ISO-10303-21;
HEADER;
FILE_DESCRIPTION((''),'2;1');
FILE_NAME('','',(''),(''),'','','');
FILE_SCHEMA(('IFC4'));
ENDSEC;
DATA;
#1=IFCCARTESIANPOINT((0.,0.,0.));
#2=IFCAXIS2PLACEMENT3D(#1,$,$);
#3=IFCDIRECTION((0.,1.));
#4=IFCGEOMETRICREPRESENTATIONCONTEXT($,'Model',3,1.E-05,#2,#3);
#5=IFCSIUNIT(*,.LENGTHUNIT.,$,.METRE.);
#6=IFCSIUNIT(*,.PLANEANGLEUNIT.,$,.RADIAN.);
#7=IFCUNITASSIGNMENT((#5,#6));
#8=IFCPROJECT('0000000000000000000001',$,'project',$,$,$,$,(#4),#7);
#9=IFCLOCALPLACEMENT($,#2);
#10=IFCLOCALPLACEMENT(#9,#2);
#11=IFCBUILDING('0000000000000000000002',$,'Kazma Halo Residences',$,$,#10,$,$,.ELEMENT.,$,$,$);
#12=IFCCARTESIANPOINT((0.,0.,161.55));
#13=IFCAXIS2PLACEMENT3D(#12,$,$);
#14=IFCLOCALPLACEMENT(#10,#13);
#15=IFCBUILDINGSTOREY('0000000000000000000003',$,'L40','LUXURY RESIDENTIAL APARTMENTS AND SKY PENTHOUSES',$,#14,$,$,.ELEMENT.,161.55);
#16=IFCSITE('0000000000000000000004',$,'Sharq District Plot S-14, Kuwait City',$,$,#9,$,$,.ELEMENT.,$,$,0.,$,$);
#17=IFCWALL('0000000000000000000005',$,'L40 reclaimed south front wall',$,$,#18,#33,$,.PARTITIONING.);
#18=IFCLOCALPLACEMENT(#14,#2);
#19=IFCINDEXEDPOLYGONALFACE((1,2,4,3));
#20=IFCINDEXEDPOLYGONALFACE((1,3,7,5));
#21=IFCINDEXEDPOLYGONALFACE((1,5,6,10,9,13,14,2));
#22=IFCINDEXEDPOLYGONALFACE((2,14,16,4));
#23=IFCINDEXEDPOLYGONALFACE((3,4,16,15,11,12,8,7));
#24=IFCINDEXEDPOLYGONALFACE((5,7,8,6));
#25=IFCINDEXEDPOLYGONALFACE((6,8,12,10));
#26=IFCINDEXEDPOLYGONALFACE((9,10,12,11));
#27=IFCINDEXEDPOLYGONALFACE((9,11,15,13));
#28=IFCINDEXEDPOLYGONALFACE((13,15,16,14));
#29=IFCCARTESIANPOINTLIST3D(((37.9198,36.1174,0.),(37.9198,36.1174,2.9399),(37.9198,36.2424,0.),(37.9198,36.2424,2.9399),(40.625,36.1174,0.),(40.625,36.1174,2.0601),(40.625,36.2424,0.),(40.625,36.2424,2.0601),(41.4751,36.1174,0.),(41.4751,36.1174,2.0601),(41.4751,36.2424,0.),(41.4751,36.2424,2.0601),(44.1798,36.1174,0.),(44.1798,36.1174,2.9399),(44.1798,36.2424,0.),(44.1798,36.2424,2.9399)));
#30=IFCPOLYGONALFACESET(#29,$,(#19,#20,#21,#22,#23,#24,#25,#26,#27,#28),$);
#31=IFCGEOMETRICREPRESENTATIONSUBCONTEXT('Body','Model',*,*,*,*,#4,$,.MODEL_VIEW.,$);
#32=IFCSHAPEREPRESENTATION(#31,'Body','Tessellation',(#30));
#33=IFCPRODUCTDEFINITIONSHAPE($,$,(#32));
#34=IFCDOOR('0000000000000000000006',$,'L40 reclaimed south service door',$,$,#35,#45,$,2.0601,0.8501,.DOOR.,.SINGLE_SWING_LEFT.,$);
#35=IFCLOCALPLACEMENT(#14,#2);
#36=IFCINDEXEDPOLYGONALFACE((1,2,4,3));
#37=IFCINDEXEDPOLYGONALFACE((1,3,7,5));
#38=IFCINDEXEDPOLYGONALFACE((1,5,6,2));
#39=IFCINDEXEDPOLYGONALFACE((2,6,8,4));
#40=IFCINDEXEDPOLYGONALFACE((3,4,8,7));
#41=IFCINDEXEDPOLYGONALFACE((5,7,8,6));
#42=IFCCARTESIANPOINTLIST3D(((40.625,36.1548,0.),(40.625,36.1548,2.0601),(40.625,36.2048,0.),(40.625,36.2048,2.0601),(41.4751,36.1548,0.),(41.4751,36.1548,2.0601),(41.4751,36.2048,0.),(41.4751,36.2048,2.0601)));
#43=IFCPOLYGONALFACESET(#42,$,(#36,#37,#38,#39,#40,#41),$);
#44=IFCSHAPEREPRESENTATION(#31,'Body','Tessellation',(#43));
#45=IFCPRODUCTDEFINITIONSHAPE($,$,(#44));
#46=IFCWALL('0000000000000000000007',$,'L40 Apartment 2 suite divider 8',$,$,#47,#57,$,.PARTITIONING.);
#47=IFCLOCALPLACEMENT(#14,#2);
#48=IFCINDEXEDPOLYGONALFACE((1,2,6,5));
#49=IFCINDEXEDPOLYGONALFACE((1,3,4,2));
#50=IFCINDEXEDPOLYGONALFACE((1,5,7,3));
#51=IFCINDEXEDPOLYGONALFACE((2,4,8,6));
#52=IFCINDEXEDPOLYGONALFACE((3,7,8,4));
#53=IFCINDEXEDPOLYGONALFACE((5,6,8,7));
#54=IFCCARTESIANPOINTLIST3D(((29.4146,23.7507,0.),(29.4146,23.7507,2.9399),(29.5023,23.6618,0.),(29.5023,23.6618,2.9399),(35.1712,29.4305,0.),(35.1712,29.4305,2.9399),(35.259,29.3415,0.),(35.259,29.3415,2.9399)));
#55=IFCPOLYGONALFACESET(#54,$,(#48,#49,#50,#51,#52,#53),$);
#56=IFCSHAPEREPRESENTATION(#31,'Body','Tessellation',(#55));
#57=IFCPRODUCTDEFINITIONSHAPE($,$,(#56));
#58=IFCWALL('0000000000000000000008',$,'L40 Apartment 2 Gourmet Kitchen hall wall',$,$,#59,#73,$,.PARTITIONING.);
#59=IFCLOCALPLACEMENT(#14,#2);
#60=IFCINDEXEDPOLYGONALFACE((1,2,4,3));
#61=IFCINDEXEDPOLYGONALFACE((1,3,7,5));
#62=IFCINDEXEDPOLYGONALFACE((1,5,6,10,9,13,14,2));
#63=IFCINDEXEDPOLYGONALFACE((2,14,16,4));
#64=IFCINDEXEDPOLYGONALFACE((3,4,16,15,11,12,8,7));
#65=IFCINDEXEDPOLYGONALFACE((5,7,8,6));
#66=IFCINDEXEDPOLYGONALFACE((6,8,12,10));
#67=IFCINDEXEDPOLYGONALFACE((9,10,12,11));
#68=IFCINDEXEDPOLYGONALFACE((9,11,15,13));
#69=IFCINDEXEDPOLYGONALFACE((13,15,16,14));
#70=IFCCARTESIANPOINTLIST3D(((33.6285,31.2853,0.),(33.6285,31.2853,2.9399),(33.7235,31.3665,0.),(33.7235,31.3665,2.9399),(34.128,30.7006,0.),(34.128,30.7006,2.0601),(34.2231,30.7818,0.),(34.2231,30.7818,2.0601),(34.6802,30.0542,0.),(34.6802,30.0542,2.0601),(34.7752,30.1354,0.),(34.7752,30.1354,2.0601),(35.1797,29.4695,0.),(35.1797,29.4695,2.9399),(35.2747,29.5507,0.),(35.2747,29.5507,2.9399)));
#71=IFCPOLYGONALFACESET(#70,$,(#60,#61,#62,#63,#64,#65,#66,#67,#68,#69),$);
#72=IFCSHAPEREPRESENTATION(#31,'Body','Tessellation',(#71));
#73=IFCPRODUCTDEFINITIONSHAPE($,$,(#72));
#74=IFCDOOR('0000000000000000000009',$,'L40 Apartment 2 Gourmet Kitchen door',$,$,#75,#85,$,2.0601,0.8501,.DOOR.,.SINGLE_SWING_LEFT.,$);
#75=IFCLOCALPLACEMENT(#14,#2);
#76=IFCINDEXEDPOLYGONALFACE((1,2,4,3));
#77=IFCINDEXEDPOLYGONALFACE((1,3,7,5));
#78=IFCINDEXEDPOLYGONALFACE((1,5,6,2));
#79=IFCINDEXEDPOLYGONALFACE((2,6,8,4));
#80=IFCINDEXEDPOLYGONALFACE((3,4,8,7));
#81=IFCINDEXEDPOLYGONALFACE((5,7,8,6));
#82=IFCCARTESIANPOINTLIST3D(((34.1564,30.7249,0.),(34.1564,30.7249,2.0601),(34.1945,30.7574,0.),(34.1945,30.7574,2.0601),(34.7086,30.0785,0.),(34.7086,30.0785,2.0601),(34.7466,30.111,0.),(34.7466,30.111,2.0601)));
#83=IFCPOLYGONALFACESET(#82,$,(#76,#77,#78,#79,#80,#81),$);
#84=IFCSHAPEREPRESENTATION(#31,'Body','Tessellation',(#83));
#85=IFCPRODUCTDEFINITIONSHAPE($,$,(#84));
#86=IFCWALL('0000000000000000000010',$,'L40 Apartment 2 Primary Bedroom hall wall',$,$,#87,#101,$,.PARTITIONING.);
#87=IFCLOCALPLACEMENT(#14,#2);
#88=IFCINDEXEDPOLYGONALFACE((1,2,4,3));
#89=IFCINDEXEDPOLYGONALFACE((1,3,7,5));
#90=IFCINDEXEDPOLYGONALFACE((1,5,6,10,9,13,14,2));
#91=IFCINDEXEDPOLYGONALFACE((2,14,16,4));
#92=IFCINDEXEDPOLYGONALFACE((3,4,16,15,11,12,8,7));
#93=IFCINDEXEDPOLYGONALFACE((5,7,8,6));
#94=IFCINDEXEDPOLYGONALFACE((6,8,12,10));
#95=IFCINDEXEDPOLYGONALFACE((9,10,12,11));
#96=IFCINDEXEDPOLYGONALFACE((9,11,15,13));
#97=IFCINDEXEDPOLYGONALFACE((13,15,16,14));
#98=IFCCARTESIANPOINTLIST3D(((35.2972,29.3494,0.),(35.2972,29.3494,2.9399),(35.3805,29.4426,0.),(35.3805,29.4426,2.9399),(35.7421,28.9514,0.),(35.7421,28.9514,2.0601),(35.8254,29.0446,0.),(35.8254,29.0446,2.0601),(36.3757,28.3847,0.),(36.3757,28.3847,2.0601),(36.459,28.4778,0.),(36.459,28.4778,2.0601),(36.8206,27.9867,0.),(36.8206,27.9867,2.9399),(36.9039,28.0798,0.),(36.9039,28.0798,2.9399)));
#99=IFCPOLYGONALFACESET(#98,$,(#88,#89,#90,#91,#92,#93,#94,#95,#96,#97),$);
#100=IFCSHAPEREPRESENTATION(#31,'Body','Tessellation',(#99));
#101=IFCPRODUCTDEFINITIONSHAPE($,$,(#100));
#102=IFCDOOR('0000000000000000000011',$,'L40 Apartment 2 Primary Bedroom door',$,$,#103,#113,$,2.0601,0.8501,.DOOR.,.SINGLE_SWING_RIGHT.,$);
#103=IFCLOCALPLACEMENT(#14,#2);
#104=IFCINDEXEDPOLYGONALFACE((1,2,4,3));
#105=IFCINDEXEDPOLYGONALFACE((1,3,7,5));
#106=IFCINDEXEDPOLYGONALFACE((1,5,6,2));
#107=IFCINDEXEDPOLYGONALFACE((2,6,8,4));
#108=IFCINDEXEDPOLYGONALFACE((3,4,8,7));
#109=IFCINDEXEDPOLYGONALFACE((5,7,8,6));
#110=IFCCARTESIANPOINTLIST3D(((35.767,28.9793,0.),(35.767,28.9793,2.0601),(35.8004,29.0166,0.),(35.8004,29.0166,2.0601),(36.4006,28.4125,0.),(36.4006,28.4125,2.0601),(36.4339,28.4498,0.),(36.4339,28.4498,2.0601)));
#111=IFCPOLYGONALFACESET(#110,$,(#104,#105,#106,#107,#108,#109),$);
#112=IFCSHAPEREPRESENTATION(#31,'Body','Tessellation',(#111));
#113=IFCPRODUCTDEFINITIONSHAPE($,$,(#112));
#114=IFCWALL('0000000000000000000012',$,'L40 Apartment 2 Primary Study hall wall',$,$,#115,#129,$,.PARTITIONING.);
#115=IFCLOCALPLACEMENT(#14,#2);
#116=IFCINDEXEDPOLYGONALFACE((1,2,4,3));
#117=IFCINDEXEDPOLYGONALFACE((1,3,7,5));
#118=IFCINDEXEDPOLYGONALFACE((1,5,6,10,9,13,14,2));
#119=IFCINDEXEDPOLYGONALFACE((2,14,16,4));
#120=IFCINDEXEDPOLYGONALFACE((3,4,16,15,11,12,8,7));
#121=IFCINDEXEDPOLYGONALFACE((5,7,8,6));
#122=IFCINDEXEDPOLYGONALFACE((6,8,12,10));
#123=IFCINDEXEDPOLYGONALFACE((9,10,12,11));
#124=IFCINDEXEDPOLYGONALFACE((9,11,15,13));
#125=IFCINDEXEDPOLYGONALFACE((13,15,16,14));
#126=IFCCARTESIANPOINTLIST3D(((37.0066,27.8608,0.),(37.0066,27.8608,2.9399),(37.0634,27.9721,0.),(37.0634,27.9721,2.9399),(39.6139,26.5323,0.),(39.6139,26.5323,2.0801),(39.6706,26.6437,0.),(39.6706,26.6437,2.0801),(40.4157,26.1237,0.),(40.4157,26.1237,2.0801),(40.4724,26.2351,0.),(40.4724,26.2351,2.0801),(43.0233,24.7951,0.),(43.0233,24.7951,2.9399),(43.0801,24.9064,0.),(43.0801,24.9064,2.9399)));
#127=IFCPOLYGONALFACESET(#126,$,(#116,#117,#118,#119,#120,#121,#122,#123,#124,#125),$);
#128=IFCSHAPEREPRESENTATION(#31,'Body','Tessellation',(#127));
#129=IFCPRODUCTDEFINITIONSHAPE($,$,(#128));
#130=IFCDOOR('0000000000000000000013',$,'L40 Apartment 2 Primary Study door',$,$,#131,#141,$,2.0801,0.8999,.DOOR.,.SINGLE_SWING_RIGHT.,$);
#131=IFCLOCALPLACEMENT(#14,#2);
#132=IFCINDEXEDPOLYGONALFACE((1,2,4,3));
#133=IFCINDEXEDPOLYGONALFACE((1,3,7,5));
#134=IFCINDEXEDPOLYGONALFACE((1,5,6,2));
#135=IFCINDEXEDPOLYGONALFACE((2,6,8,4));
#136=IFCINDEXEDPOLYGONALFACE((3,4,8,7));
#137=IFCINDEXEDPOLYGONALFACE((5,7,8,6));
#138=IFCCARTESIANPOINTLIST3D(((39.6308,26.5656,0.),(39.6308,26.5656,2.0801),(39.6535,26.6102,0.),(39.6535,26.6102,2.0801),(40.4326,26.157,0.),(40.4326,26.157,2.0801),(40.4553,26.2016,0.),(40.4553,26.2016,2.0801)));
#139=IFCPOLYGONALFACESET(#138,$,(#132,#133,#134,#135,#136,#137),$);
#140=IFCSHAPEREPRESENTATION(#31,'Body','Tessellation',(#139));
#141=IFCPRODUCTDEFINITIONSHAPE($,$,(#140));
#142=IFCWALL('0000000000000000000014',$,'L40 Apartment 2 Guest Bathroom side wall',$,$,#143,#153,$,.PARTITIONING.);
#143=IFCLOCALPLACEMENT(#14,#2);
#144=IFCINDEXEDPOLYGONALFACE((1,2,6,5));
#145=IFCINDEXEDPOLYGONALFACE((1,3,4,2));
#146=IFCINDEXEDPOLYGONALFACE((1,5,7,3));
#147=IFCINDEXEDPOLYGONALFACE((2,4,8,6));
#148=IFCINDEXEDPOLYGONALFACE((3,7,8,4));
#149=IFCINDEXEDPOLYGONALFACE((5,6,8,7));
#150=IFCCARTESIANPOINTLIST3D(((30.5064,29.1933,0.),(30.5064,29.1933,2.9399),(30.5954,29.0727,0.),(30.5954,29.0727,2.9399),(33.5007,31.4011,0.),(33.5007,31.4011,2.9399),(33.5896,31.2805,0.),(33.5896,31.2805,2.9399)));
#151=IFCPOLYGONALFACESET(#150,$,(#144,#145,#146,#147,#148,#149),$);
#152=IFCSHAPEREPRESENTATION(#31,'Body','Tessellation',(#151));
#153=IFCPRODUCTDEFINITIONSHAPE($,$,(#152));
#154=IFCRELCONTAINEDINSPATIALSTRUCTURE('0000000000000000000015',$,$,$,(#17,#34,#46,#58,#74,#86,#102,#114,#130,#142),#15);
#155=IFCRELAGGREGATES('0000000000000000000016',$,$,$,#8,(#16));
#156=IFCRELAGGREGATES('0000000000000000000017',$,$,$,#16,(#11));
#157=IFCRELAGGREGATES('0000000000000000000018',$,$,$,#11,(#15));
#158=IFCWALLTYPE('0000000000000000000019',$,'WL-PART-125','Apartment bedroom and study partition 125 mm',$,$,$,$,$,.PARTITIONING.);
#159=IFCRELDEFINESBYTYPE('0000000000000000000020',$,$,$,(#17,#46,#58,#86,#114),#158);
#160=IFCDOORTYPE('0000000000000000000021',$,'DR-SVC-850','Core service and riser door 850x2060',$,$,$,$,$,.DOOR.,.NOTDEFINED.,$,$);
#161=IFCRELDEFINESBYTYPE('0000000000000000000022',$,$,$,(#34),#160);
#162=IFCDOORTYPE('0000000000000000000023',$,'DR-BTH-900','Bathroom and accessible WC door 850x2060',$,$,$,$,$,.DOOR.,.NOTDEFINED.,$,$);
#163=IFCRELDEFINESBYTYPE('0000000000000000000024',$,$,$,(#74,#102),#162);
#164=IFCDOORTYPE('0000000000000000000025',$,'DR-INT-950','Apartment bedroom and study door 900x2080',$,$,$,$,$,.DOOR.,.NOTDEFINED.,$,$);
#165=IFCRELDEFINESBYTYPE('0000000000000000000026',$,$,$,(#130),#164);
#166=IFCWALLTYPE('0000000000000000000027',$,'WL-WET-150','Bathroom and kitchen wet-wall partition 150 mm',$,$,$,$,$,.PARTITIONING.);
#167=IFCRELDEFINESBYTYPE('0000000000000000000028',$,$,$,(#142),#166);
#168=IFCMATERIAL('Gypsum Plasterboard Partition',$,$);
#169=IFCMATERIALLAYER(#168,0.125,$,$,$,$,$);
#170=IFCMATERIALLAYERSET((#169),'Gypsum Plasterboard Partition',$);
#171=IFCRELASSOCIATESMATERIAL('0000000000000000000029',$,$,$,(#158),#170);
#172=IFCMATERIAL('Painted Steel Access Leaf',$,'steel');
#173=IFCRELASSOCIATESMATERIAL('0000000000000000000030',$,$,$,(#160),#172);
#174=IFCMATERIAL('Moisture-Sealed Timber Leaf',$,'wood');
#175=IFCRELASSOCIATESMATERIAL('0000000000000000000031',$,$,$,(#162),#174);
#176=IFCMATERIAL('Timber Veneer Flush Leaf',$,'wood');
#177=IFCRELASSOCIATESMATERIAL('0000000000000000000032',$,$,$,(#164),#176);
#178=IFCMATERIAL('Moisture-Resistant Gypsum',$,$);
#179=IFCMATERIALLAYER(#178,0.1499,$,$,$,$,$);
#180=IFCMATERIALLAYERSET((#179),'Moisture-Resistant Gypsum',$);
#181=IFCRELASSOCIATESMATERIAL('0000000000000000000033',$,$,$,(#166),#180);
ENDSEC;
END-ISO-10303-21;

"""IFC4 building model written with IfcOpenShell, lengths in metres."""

from ifc_helpers import new_model, si_unit, direction, frame, frame_2d, origin, place, context, subcontext, project, spatial, rectangle, extrude, material, layer, layer_set, type_object, element, fill, save


model = new_model("IFC4")

# Units and contexts
model_context = context("Model", 3, precision=1e-05, world=origin(), true_north=direction((0.0, 1.0)))
body_context = subcontext(model_context, "Body", "Model", "MODEL_VIEW")
ifc_project = project(units=[si_unit("LENGTHUNIT", "METRE"), si_unit("PLANEANGLEUNIT", "RADIAN")], contexts=[model_context])

# Site, building, storey
site_placement = place(None, origin())
site = spatial("IfcSite", under=ifc_project, at=site_placement, Name="Sharq District Plot S-14, Kuwait City", CompositionType="ELEMENT", RefElevation=0.0)
building_placement = place(site_placement, origin())
building = spatial("IfcBuilding", under=site, at=building_placement, Name="Kazma Halo Residences", CompositionType="ELEMENT")
storey_placement = place(building_placement, frame((0.0, 0.0, 161.55)))
storey = spatial("IfcBuildingStorey", under=building, at=storey_placement, Name="L40", Description="LUXURY RESIDENTIAL APARTMENTS AND SKY PENTHOUSES", CompositionType="ELEMENT", Elevation=161.55)

# Shared definitions
ifc_material_1 = material(Name="Gypsum Plasterboard Partition")
ifc_layer_1 = layer(ifc_material_1, 0.125)
ifc_layer_set_1 = layer_set([ifc_layer_1], Name="Gypsum Plasterboard Partition")
wall_type_1 = type_object("IfcWallType", Name="WL-PART-125", Description="Apartment bedroom and study partition 125 mm", PredefinedType="PARTITIONING", material=ifc_layer_set_1)

# Wall, opening, door
wall_1_placement = place(storey_placement, frame((37.9199, 36.1799, 0.0), z_axis=(0.0, 0.0, 1.0), x_axis=(1.0, 0.0, 0.0)))
wall_1 = element("IfcWall", 1, at=wall_1_placement, inside=storey, type_object=wall_type_1, Name="L40 reclaimed south front wall", PredefinedType="PARTITIONING", context=body_context, shape_type="SweptSolid", body=[
    extrude(rectangle(XDim=6.26, YDim=0.125, at=frame_2d((3.1299, 0.0))), origin(), (0.0, 0.0, 1.0), 2.9399),
])
opening_1_placement = place(wall_1_placement, frame((2.7051, 0.0, 0.0)))
opening_1 = element("IfcOpeningElement", 2, at=opening_1_placement, cuts=wall_1, PredefinedType="OPENING", context=body_context, shape_type="SweptSolid", body=[
    extrude(rectangle(XDim=0.8501, YDim=2.0601, at=frame_2d((0.425, 1.03))), frame((0.0, 0.0725, 0.0), z_axis=(0.0, -1.0, 0.0), x_axis=(1.0, 0.0, 0.0)), (0.0, 0.0, 1.0), 0.145),
])
ifc_material_2 = material(Name="Painted Steel Access Leaf", Category="steel")
door_type_1 = type_object("IfcDoorType", Name="DR-SVC-850", Description="Core service and riser door 850x2060", OperationType="NOTDEFINED", PredefinedType="DOOR", material=ifc_material_2)
door_1_placement = place(opening_1_placement, origin())
door_1 = element("IfcDoor", 3, at=door_1_placement, inside=storey, type_object=door_type_1, Name="L40 reclaimed south service door", OperationType="SINGLE_SWING_LEFT", OverallHeight=2.0601, OverallWidth=0.8501, PredefinedType="DOOR", context=body_context, shape_type="SweptSolid", body=[
    extrude(rectangle(XDim=0.8501, YDim=2.0601, at=frame_2d((0.425, 1.03))), frame((0.0, 0.0249, 0.0), z_axis=(0.0, -1.0, 0.0), x_axis=(1.0, 0.0, 0.0)), (0.0, 0.0, 1.0), 0.05),
])
fill(opening_1, door_1)

# Wall
wall_2_placement = place(storey_placement, frame((35.2151, 29.386, 0.0), z_axis=(0.0, 0.0, 1.0), x_axis=(-0.711846, -0.702336, 0.0)))
element("IfcWall", 4, at=wall_2_placement, inside=storey, type_object=wall_type_1, Name="L40 Apartment 2 suite divider 8", PredefinedType="PARTITIONING", context=body_context, shape_type="SweptSolid", body=[
    extrude(rectangle(XDim=8.0869, YDim=0.125, at=frame_2d((4.0435, 0.0))), origin(), (0.0, 0.0, 1.0), 2.9399),
])

# Walls, openings, doors
wall_3_placement = place(storey_placement, frame((33.676, 31.3259, 0.0), z_axis=(0.0, 0.0, 1.0), x_axis=(0.649528, -0.760338, 0.0)))
wall_3 = element("IfcWall", 5, at=wall_3_placement, inside=storey, type_object=wall_type_1, Name="L40 Apartment 2 Gourmet Kitchen hall wall", PredefinedType="PARTITIONING", context=body_context, shape_type="SweptSolid", body=[
    extrude(rectangle(XDim=2.3882, YDim=0.125, at=frame_2d((1.1941, 0.0))), origin(), (0.0, 0.0, 1.0), 2.9399),
])
opening_2_placement = place(wall_3_placement, frame((0.769, 0.0, 0.0)))
opening_2 = element("IfcOpeningElement", 6, at=opening_2_placement, cuts=wall_3, PredefinedType="OPENING", context=body_context, shape_type="SweptSolid", body=[
    extrude(rectangle(XDim=0.8501, YDim=2.0601, at=frame_2d((0.425, 1.03))), frame((0.0, 0.0725, 0.0), z_axis=(0.0, -1.0, 0.0), x_axis=(1.0, 0.0, 0.0)), (0.0, 0.0, 1.0), 0.145),
])
ifc_material_3 = material(Name="Moisture-Sealed Timber Leaf", Category="wood")
door_type_2 = type_object("IfcDoorType", Name="DR-BTH-900", Description="Bathroom and accessible WC door 850x2060", OperationType="NOTDEFINED", PredefinedType="DOOR", material=ifc_material_3)
door_2_placement = place(opening_2_placement, origin())
door_2 = element("IfcDoor", 7, at=door_2_placement, inside=storey, type_object=door_type_2, Name="L40 Apartment 2 Gourmet Kitchen door", OperationType="SINGLE_SWING_LEFT", OverallHeight=2.0601, OverallWidth=0.8501, PredefinedType="DOOR", context=body_context, shape_type="SweptSolid", body=[
    extrude(rectangle(XDim=0.8501, YDim=2.0601, at=frame_2d((0.425, 1.03))), frame((0.0, 0.0249, 0.0), z_axis=(0.0, -1.0, 0.0), x_axis=(1.0, 0.0, 0.0)), (0.0, 0.0, 1.0), 0.05),
])
fill(opening_2, door_2)
wall_4_placement = place(storey_placement, frame((35.3389, 29.396, 0.0), z_axis=(0.0, 0.0, 1.0), x_axis=(0.74531, -0.666718, 0.0)))
wall_4 = element("IfcWall", 8, at=wall_4_placement, inside=storey, type_object=wall_type_1, Name="L40 Apartment 2 Primary Bedroom hall wall", PredefinedType="PARTITIONING", context=body_context, shape_type="SweptSolid", body=[
    extrude(rectangle(XDim=2.0439, YDim=0.125, at=frame_2d((1.022, 0.0))), origin(), (0.0, 0.0, 1.0), 2.9399),
])
opening_3_placement = place(wall_4_placement, frame((0.5969, 0.0, 0.0)))
opening_3 = element("IfcOpeningElement", 9, at=opening_3_placement, cuts=wall_4, PredefinedType="OPENING", context=body_context, shape_type="SweptSolid", body=[
    extrude(rectangle(XDim=0.8501, YDim=2.0601, at=frame_2d((0.425, 1.03))), frame((0.0, 0.0725, 0.0), z_axis=(0.0, -1.0, 0.0), x_axis=(1.0, 0.0, 0.0)), (0.0, 0.0, 1.0), 0.145),
])
door_3_placement = place(opening_3_placement, origin())
door_3 = element("IfcDoor", 10, at=door_3_placement, inside=storey, type_object=door_type_2, Name="L40 Apartment 2 Primary Bedroom door", OperationType="SINGLE_SWING_RIGHT", OverallHeight=2.0601, OverallWidth=0.8501, PredefinedType="DOOR", context=body_context, shape_type="SweptSolid", body=[
    extrude(rectangle(XDim=0.8501, YDim=2.0601, at=frame_2d((0.425, 1.03))), frame((0.0, 0.0249, 0.0), z_axis=(0.0, -1.0, 0.0), x_axis=(1.0, 0.0, 0.0)), (0.0, 0.0, 1.0), 0.05),
])
fill(opening_3, door_3)
wall_5_placement = place(storey_placement, frame((37.0349, 27.9165, 0.0), z_axis=(0.0, 0.0, 1.0), x_axis=(0.891003, -0.453998, 0.0)))
wall_5 = element("IfcWall", 11, at=wall_5_placement, inside=storey, type_object=wall_type_1, Name="L40 Apartment 2 Primary Study hall wall", PredefinedType="PARTITIONING", context=body_context, shape_type="SweptSolid", body=[
    extrude(rectangle(XDim=6.7527, YDim=0.125, at=frame_2d((3.3765, 0.0))), origin(), (0.0, 0.0, 1.0), 2.9399),
])
opening_4_placement = place(wall_5_placement, frame((2.9263, 0.0, 0.0)))
opening_4 = element("IfcOpeningElement", 12, at=opening_4_placement, cuts=wall_5, PredefinedType="OPENING", context=body_context, shape_type="SweptSolid", body=[
    extrude(rectangle(XDim=0.8999, YDim=2.0801, at=frame_2d((0.45, 1.04))), frame((0.0, 0.0725, 0.0), z_axis=(0.0, -1.0, 0.0), x_axis=(1.0, 0.0, 0.0)), (0.0, 0.0, 1.0), 0.145),
])
ifc_material_4 = material(Name="Timber Veneer Flush Leaf", Category="wood")
door_type_3 = type_object("IfcDoorType", Name="DR-INT-950", Description="Apartment bedroom and study door 900x2080", OperationType="NOTDEFINED", PredefinedType="DOOR", material=ifc_material_4)
door_4_placement = place(opening_4_placement, origin())
door_4 = element("IfcDoor", 13, at=door_4_placement, inside=storey, type_object=door_type_3, Name="L40 Apartment 2 Primary Study door", OperationType="SINGLE_SWING_RIGHT", OverallHeight=2.0801, OverallWidth=0.8999, PredefinedType="DOOR", context=body_context, shape_type="SweptSolid", body=[
    extrude(rectangle(XDim=0.8999, YDim=2.0801, at=frame_2d((0.45, 1.04))), frame((0.0, 0.0249, 0.0), z_axis=(0.0, -1.0, 0.0), x_axis=(1.0, 0.0, 0.0)), (0.0, 0.0, 1.0), 0.05),
])
fill(opening_4, door_4)

# Wall
ifc_material_5 = material(Name="Moisture-Resistant Gypsum")
ifc_layer_2 = layer(ifc_material_5, 0.1499)
ifc_layer_set_2 = layer_set([ifc_layer_2], Name="Moisture-Resistant Gypsum")
wall_type_2 = type_object("IfcWallType", Name="WL-WET-150", Description="Bathroom and kitchen wet-wall partition 150 mm", PredefinedType="PARTITIONING", material=ifc_layer_set_2)
wall_6_placement = place(storey_placement, frame((33.5452, 31.3408, 0.0), z_axis=(0.0, 0.0, 1.0), x_axis=(-0.804856, -0.59347, 0.0)))
element("IfcWall", 14, at=wall_6_placement, inside=storey, type_object=wall_type_2, Name="L40 Apartment 2 Guest Bathroom side wall", PredefinedType="PARTITIONING", context=body_context, shape_type="SweptSolid", body=[
    extrude(rectangle(XDim=3.7202, YDim=0.1499, at=frame_2d((1.8601, 0.0))), origin(), (0.0, 0.0, 1.0), 2.9399),
])

save(model, "model.ifc")
